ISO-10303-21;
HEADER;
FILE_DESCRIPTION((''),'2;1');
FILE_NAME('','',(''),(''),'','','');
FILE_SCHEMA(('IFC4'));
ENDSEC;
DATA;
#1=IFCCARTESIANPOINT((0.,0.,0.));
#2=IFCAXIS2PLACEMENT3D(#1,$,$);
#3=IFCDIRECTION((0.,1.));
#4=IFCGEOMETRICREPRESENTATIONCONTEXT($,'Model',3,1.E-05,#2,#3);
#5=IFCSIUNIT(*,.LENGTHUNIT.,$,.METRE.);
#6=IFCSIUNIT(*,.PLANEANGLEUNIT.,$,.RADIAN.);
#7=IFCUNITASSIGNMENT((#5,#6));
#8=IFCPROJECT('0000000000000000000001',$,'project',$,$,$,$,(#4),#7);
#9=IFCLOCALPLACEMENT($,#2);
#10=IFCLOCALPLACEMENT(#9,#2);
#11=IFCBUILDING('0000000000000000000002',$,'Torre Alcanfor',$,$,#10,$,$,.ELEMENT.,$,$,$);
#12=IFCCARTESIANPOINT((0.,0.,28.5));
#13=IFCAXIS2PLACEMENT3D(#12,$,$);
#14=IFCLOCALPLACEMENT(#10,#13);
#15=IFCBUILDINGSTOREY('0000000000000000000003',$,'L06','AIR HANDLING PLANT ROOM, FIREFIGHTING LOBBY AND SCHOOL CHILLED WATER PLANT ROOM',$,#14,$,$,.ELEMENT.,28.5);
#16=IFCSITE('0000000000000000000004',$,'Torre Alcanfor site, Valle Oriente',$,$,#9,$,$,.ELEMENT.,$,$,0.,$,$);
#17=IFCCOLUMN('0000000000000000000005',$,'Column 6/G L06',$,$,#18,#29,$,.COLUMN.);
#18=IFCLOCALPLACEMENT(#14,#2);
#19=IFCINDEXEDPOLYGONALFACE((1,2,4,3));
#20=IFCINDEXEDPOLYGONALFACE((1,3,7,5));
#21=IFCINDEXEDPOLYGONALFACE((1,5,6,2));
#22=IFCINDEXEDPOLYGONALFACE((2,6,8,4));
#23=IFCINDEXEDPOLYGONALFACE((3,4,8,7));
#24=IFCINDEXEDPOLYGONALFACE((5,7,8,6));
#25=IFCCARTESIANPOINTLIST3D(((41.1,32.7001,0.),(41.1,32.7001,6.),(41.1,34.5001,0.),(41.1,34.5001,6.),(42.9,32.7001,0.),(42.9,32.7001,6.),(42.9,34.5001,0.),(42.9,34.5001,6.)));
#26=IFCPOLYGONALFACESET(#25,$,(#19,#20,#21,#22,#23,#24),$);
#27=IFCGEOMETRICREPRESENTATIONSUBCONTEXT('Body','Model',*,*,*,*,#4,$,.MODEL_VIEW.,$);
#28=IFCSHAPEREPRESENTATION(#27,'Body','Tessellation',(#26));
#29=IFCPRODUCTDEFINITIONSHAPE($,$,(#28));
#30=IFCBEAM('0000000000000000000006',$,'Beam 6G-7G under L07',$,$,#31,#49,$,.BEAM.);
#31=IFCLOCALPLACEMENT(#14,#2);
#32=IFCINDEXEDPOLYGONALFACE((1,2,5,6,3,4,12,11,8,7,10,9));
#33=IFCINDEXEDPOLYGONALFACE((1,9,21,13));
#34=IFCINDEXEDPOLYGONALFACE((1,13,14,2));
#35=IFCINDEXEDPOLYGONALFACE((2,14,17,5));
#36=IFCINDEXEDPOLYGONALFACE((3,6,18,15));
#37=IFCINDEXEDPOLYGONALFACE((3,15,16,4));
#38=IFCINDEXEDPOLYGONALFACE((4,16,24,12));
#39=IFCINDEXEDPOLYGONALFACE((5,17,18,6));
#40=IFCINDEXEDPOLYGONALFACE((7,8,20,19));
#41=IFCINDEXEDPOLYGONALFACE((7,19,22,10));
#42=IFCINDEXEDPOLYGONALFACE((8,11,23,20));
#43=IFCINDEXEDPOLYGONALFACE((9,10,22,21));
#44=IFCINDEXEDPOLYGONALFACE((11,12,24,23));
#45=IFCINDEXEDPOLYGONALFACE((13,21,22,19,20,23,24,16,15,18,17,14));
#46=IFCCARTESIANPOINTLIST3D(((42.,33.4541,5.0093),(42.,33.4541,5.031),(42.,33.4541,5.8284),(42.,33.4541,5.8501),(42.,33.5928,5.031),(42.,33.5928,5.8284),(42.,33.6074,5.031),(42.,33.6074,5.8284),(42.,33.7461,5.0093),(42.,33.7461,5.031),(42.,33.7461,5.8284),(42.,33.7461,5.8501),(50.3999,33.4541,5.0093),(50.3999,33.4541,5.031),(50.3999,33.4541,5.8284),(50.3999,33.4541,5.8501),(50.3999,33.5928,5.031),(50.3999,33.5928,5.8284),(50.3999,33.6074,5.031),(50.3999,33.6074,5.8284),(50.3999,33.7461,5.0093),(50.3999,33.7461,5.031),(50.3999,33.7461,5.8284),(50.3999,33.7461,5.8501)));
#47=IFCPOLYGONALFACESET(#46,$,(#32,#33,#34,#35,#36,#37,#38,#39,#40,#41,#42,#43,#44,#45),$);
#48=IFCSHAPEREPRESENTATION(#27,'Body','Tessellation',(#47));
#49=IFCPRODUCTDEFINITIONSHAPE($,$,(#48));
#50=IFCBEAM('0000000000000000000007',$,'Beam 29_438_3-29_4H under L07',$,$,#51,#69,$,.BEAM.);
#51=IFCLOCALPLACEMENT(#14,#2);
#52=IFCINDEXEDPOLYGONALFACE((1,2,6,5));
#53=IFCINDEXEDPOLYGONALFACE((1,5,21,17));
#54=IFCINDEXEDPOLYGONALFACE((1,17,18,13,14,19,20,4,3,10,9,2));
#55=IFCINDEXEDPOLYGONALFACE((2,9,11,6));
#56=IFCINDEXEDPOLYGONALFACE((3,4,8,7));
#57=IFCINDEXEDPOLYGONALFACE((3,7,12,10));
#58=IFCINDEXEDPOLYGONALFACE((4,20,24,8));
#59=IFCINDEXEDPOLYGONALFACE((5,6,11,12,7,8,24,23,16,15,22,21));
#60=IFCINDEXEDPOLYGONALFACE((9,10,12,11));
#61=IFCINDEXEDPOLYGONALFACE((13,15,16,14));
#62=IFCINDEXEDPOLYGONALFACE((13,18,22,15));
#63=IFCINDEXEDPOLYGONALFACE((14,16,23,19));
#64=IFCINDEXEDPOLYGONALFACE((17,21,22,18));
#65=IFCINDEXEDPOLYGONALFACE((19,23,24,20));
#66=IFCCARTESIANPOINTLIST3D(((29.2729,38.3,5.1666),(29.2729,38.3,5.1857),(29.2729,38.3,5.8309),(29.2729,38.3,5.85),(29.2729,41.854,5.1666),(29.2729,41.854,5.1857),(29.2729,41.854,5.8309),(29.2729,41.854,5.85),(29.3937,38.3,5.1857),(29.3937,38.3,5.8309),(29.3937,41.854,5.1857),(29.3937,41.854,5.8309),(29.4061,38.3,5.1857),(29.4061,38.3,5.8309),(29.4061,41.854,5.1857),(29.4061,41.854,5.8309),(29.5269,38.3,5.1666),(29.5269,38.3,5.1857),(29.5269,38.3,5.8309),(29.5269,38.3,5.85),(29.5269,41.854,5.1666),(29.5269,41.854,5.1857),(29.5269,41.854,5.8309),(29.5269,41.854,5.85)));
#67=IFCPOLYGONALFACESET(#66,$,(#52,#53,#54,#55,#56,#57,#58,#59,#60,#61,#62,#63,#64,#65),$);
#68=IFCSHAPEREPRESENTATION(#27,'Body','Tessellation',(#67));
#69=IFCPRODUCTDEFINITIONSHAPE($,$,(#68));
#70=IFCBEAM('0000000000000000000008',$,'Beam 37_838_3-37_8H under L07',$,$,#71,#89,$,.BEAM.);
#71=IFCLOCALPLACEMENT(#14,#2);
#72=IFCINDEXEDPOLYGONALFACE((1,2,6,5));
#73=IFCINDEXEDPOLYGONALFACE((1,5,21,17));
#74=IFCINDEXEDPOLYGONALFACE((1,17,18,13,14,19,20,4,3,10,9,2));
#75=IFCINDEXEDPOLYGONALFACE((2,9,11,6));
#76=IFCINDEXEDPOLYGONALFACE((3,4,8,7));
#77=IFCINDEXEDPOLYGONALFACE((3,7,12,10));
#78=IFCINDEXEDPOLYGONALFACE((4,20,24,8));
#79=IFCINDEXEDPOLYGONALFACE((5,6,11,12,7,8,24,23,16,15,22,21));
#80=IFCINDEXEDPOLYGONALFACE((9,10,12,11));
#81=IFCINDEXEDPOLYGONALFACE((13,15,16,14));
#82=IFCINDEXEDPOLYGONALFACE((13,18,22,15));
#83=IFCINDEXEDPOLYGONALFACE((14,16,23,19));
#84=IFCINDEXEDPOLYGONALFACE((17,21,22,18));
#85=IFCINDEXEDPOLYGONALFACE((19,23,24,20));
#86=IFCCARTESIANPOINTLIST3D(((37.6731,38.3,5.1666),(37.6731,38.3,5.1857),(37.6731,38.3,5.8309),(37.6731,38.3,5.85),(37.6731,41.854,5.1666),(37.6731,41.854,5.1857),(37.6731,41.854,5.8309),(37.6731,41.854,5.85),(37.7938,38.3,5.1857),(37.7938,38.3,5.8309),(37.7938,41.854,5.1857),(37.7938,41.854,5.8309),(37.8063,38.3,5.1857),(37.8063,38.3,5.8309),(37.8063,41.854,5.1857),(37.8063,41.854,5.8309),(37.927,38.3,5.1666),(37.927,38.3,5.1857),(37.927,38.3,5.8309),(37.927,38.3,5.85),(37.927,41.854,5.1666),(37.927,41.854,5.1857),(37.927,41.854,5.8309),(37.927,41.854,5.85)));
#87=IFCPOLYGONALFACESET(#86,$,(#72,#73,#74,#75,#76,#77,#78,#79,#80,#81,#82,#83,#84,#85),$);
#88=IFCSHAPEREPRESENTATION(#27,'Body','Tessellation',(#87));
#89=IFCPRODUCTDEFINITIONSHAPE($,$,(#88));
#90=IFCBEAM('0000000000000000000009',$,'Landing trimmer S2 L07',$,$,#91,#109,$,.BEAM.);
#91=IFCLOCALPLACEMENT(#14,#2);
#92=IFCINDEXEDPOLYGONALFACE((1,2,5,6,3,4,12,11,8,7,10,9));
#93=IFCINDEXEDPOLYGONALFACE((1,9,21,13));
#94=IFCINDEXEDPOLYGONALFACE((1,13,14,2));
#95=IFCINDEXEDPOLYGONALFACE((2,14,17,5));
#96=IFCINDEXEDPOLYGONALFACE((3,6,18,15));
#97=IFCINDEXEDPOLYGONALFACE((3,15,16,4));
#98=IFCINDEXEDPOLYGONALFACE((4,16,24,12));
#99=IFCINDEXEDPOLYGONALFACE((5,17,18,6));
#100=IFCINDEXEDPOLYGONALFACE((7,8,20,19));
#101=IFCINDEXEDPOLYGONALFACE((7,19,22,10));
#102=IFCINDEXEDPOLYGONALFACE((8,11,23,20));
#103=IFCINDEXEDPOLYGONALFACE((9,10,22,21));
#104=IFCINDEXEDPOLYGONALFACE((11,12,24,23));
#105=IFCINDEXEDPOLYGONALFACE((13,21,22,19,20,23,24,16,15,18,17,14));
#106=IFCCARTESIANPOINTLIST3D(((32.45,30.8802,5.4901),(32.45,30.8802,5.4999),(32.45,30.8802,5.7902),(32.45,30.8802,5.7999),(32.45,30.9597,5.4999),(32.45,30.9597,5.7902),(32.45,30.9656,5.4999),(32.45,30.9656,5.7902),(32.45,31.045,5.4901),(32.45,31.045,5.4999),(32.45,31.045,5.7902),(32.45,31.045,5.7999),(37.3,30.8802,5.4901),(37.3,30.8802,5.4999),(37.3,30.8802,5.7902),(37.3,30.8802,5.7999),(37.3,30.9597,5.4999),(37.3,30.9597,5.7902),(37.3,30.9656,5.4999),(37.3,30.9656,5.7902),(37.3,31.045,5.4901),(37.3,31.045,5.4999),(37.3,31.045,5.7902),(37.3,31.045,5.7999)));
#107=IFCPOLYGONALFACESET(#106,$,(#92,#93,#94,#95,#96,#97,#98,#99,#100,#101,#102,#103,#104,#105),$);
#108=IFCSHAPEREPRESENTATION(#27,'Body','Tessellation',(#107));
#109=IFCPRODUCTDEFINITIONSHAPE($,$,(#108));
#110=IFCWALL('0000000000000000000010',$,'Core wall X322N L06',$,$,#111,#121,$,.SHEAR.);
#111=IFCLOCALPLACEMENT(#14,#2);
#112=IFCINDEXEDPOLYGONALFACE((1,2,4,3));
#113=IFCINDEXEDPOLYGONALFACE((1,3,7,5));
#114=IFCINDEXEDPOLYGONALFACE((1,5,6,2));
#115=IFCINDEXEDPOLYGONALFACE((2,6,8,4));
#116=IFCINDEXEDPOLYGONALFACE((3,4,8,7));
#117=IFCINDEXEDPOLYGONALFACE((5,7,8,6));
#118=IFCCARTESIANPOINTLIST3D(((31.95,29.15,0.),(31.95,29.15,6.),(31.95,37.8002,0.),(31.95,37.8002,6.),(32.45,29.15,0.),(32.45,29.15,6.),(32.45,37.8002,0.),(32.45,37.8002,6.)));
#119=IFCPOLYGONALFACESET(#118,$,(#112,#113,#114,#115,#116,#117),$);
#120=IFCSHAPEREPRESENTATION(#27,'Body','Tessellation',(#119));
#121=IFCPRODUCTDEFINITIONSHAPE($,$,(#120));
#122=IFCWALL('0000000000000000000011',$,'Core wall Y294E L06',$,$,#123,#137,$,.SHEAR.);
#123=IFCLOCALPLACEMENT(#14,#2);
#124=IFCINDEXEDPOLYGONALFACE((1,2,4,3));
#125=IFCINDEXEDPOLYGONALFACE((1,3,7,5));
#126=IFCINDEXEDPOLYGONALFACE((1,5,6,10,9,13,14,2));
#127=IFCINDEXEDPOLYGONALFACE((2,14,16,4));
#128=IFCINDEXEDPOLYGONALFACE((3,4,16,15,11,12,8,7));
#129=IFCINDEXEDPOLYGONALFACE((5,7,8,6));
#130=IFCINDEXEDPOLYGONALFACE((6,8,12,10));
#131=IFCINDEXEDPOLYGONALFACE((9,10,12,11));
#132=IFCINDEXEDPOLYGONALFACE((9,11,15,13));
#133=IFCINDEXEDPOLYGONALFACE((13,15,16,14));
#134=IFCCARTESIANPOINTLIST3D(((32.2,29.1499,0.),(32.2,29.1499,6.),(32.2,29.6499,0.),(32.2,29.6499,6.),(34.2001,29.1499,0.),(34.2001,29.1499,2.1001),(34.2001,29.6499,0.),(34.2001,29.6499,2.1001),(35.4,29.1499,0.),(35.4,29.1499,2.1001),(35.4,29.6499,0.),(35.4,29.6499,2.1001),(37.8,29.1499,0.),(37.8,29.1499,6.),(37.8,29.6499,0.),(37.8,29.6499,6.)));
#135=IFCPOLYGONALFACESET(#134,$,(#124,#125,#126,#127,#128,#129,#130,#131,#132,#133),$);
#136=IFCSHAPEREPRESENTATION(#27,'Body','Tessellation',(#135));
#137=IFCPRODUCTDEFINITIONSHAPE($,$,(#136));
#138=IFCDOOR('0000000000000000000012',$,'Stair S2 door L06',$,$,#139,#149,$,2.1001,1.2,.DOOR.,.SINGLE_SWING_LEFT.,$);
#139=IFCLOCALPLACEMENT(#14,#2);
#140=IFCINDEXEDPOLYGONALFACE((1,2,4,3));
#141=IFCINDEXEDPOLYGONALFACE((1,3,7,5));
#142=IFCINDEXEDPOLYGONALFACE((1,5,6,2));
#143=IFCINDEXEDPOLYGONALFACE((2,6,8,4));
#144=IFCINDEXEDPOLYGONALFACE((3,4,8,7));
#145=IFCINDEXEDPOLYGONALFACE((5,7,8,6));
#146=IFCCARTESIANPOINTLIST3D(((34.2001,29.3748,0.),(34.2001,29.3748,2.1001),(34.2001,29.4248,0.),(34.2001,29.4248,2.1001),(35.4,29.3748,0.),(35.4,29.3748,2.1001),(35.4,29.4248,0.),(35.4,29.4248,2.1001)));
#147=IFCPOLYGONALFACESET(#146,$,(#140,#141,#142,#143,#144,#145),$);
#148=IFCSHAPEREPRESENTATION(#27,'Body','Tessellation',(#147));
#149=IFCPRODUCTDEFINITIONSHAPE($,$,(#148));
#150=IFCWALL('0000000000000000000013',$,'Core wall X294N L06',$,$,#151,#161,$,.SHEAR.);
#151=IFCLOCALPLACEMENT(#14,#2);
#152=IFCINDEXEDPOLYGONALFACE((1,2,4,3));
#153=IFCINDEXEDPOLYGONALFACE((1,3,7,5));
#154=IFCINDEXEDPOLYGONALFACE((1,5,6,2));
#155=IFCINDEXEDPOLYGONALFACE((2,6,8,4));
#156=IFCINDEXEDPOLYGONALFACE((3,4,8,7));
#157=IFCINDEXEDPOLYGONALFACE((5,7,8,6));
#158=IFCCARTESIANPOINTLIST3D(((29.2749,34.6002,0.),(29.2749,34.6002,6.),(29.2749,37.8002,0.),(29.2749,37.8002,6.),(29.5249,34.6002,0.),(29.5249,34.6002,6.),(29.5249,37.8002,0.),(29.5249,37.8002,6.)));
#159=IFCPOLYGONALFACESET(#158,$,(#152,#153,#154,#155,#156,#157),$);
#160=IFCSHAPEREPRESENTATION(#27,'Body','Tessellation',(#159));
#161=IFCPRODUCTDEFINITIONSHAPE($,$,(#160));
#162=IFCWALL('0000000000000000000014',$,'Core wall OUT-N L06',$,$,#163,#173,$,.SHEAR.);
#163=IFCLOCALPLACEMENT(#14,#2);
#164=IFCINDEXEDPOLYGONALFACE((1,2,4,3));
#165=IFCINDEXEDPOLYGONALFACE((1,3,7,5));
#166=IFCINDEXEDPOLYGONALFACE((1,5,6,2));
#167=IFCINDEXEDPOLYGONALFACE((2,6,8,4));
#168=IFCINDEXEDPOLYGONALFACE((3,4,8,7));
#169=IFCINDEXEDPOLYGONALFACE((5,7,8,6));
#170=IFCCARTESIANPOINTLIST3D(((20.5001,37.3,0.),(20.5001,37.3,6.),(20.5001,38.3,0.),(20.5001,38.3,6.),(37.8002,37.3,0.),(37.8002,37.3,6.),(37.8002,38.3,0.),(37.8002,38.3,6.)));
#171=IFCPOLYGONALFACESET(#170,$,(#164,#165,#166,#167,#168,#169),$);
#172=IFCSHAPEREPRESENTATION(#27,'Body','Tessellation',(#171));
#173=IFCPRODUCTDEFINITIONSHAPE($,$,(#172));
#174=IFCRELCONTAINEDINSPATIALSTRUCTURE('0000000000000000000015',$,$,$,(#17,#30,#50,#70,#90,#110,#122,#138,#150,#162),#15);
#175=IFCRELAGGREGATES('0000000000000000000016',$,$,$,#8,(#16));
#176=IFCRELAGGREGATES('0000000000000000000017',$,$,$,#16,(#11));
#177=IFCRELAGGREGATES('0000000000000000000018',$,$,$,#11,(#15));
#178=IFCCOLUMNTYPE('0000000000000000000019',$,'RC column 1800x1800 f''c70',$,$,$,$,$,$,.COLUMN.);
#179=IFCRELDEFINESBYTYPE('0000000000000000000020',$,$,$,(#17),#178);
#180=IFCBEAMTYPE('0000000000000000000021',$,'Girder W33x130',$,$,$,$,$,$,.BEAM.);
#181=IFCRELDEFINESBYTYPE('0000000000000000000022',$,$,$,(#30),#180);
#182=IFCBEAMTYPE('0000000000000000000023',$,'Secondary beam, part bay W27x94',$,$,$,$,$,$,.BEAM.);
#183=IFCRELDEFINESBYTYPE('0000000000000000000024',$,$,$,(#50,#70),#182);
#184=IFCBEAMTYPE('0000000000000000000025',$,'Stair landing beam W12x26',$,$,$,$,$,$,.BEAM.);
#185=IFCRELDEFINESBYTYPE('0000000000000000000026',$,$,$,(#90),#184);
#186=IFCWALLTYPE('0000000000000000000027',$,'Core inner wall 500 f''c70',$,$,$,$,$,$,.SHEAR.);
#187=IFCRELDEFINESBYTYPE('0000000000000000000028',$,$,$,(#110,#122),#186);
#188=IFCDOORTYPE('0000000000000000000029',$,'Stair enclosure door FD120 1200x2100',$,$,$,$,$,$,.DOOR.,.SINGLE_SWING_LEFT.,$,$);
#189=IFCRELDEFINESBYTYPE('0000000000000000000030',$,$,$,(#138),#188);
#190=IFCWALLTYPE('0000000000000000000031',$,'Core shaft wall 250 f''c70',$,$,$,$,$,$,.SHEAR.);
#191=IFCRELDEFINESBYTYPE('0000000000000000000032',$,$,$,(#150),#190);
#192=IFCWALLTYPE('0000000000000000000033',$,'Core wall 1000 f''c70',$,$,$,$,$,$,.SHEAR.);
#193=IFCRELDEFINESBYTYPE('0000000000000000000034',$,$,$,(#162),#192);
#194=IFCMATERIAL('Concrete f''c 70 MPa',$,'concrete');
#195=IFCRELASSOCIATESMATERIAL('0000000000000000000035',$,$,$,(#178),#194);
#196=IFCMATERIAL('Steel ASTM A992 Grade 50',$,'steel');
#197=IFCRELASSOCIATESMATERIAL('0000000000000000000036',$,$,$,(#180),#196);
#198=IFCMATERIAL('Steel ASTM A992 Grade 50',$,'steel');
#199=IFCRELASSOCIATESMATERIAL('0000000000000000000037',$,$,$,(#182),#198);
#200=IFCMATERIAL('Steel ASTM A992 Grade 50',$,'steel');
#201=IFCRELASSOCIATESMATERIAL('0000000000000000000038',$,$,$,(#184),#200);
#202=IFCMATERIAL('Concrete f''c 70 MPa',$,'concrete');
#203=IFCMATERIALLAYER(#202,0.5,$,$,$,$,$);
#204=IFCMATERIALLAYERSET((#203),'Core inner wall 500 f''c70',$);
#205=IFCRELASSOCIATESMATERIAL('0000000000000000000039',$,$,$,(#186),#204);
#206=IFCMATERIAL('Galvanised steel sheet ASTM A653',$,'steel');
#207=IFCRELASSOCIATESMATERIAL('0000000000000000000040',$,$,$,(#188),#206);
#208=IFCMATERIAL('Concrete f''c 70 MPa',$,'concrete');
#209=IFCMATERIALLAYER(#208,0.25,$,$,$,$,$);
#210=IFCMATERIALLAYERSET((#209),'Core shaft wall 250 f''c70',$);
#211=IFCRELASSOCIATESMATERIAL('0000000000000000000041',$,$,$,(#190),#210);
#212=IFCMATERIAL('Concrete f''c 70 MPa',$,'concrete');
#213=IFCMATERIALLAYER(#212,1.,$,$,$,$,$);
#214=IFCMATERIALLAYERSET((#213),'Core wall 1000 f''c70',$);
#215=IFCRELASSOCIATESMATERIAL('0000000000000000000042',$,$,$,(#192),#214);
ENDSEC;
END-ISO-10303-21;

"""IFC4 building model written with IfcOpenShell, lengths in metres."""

from ifc_helpers import new_model, si_unit, direction, frame, frame_2d, origin, origin_2d, place, context, subcontext, project, spatial, rectangle, i_section, extrude, material, layer, layer_set, material_profile, profile_set, type_object, element, fill, save


model = new_model("IFC4")

# Units and contexts
model_context = context("Model", 3, precision=1e-05, world=origin(), true_north=direction((0.0, 1.0)))
body_context = subcontext(model_context, "Body", "Model", "MODEL_VIEW")
ifc_project = project(units=[si_unit("LENGTHUNIT", "METRE"), si_unit("PLANEANGLEUNIT", "RADIAN")], contexts=[model_context])

# Site, building, storey
site_placement = place(None, origin())
site = spatial("IfcSite", under=ifc_project, at=site_placement, Name="Torre Alcanfor site, Valle Oriente", CompositionType="ELEMENT", RefElevation=0.0)
building_placement = place(site_placement, origin())
building = spatial("IfcBuilding", under=site, at=building_placement, Name="Torre Alcanfor", CompositionType="ELEMENT")
storey_placement = place(building_placement, frame((0.0, 0.0, 28.5)))
storey = spatial("IfcBuildingStorey", under=building, at=storey_placement, Name="L06", Description="AIR HANDLING PLANT ROOM, FIREFIGHTING LOBBY AND SCHOOL CHILLED WATER PLANT ROOM", CompositionType="ELEMENT", Elevation=28.5)

# Column
ifc_material_1 = material(Name="Concrete f'c 70 MPa", Category="concrete")
ifc_material_profile_1 = material_profile(ifc_material_1, rectangle(XDim=1.8, YDim=1.8, at=origin_2d()), Name="1800x1800")
ifc_profile_set_1 = profile_set([ifc_material_profile_1], Name="Concrete f'c 70 MPa")
column_type = type_object("IfcColumnType", Name="RC column 1800x1800 f'c70", PredefinedType="COLUMN", material=ifc_profile_set_1)
column_placement = place(storey_placement, frame((42.0, 33.6001, 0.0), z_axis=(0.0, 0.0, 1.0), x_axis=(1.0, 0.0, 0.0)))
element("IfcColumn", 1, at=column_placement, inside=storey, type_object=column_type, Name="Column 6/G L06", PredefinedType="COLUMN", context=body_context, shape_type="SweptSolid", body=[
    extrude(rectangle(XDim=1.8, YDim=1.8, at=origin_2d()), origin(), (0.0, 0.0, 1.0), 6.0),
])

# Beams
ifc_material_2 = material(Name="Steel ASTM A992 Grade 50", Category="steel")
ifc_material_profile_2 = material_profile(ifc_material_2, i_section(OverallWidth=0.292, OverallDepth=0.8408, WebThickness=0.0146, FlangeThickness=0.0217, at=origin_2d()), Name="W33x130")
ifc_profile_set_2 = profile_set([ifc_material_profile_2], Name="Steel ASTM A992 Grade 50")
beam_type_1 = type_object("IfcBeamType", Name="Girder W33x130", PredefinedType="BEAM", material=ifc_profile_set_2)
beam_1_placement = place(storey_placement, frame((42.0, 33.6001, 5.4297), z_axis=(1.0, 0.0, 0.0), x_axis=(0.0, 1.0, 0.0)))
element("IfcBeam", 2, at=beam_1_placement, inside=storey, type_object=beam_type_1, Name="Beam 6G-7G under L07", PredefinedType="BEAM", context=body_context, shape_type="SweptSolid", body=[
    extrude(i_section(OverallWidth=0.292, OverallDepth=0.8408, WebThickness=0.0146, FlangeThickness=0.0217, at=origin_2d()), origin(), (0.0, 0.0, 1.0), 8.3999),
])
ifc_material_3 = material(Name="Steel ASTM A992 Grade 50", Category="steel")
ifc_material_profile_3 = material_profile(ifc_material_3, i_section(OverallWidth=0.2539, OverallDepth=0.6833, WebThickness=0.0125, FlangeThickness=0.019, at=origin_2d()), Name="W27x94")
ifc_profile_set_3 = profile_set([ifc_material_profile_3], Name="Steel ASTM A992 Grade 50")
beam_type_2 = type_object("IfcBeamType", Name="Secondary beam, part bay W27x94", PredefinedType="BEAM", material=ifc_profile_set_3)
for number, where, z_axis, x_axis, name in (
    (3, (29.3999, 38.3, 5.5083), (0.0, 1.0, 0.0), (-1.0, 0.0, 0.0), "Beam 29_438_3-29_4H under L07"),
    (4, (37.8, 38.3, 5.5083), (0.0, 1.0, 0.0), (-1.0, 0.0, 0.0), "Beam 37_838_3-37_8H under L07"),
):
    element("IfcBeam", number, at=place(storey_placement, frame(where, z_axis=z_axis, x_axis=x_axis)), inside=storey, type_object=beam_type_2, Name=name, PredefinedType="BEAM", context=body_context, shape_type="SweptSolid", body=[
        extrude(i_section(OverallWidth=0.2539, OverallDepth=0.6833, WebThickness=0.0125, FlangeThickness=0.019, at=origin_2d()), origin(), (0.0, 0.0, 1.0), 3.554),
    ])
ifc_material_4 = material(Name="Steel ASTM A992 Grade 50", Category="steel")
ifc_material_profile_4 = material_profile(ifc_material_4, i_section(OverallWidth=0.1648, OverallDepth=0.3098, WebThickness=0.0059, FlangeThickness=0.0098, at=origin_2d()), Name="W12x26")
ifc_profile_set_4 = profile_set([ifc_material_profile_4], Name="Steel ASTM A992 Grade 50")
beam_type_3 = type_object("IfcBeamType", Name="Stair landing beam W12x26", PredefinedType="BEAM", material=ifc_profile_set_4)
beam_2_placement = place(storey_placement, frame((32.45, 30.9626, 5.645), z_axis=(1.0, 0.0, 0.0), x_axis=(0.0, 1.0, 0.0)))
element("IfcBeam", 5, at=beam_2_placement, inside=storey, type_object=beam_type_3, Name="Landing trimmer S2 L07", PredefinedType="BEAM", context=body_context, shape_type="SweptSolid", body=[
    extrude(i_section(OverallWidth=0.1648, OverallDepth=0.3098, WebThickness=0.0059, FlangeThickness=0.0098, at=origin_2d()), origin(), (0.0, 0.0, 1.0), 4.8501),
])

# Wall
ifc_material_5 = material(Name="Concrete f'c 70 MPa", Category="concrete")
ifc_layer_1 = layer(ifc_material_5, 0.5)
ifc_layer_set_1 = layer_set([ifc_layer_1], Name="Core inner wall 500 f'c70")
wall_type_1 = type_object("IfcWallType", Name="Core inner wall 500 f'c70", PredefinedType="SHEAR", material=ifc_layer_set_1)
wall_1_placement = place(storey_placement, frame((32.2, 29.1499, 0.0), z_axis=(0.0, 0.0, 1.0), x_axis=(0.0, 1.0, 0.0)))
element("IfcWall", 6, at=wall_1_placement, inside=storey, type_object=wall_type_1, Name="Core wall X322N L06", PredefinedType="SHEAR", context=body_context, shape_type="SweptSolid", body=[
    extrude(rectangle(XDim=8.6501, YDim=0.5, at=frame_2d((4.3252, 0.0))), origin(), (0.0, 0.0, 1.0), 6.0),
])

# Wall, opening, door
wall_2_placement = place(storey_placement, frame((32.2, 29.3999, 0.0), z_axis=(0.0, 0.0, 1.0), x_axis=(1.0, 0.0, 0.0)))
wall_2 = element("IfcWall", 7, at=wall_2_placement, inside=storey, type_object=wall_type_1, Name="Core wall Y294E L06", PredefinedType="SHEAR", context=body_context, shape_type="SweptSolid", body=[
    extrude(rectangle(XDim=5.6001, YDim=0.5, at=frame_2d((2.8, 0.0))), origin(), (0.0, 0.0, 1.0), 6.0),
])
opening_1_placement = place(wall_2_placement, frame((2.0, 0.0, 0.0)))
opening_1 = element("IfcOpeningElement", 8, at=opening_1_placement, cuts=wall_2, PredefinedType="OPENING", context=body_context, shape_type="SweptSolid", body=[
    extrude(rectangle(XDim=1.2, YDim=2.1001, at=frame_2d((0.6001, 1.05))), frame((0.0, 0.26, 0.0), z_axis=(0.0, -1.0, 0.0), x_axis=(1.0, 0.0, 0.0)), (0.0, 0.0, 1.0), 0.52),
])
ifc_material_6 = material(Name="Galvanised steel sheet ASTM A653", Category="steel")
door_type_1 = type_object("IfcDoorType", Name="Stair enclosure door FD120 1200x2100", OperationType="SINGLE_SWING_LEFT", PredefinedType="DOOR", material=ifc_material_6)
door_1_placement = place(opening_1_placement, origin())
door_1 = element("IfcDoor", 9, at=door_1_placement, inside=storey, type_object=door_type_1, Name="Stair S2 door L06", OperationType="SINGLE_SWING_LEFT", OverallHeight=2.1001, OverallWidth=1.2, PredefinedType="DOOR", context=body_context, shape_type="SweptSolid", body=[
    extrude(rectangle(XDim=1.2, YDim=2.1001, at=frame_2d((0.6001, 1.05))), frame((0.0, 0.0249, 0.0), z_axis=(0.0, -1.0, 0.0), x_axis=(1.0, 0.0, 0.0)), (0.0, 0.0, 1.0), 0.05),
])
fill(opening_1, door_1)

# Walls
ifc_material_7 = material(Name="Concrete f'c 70 MPa", Category="concrete")
ifc_layer_2 = layer(ifc_material_7, 0.25)
ifc_layer_set_2 = layer_set([ifc_layer_2], Name="Core shaft wall 250 f'c70")
wall_type_2 = type_object("IfcWallType", Name="Core shaft wall 250 f'c70", PredefinedType="SHEAR", material=ifc_layer_set_2)
wall_3_placement = place(storey_placement, frame((29.3999, 34.6001, 0.0), z_axis=(0.0, 0.0, 1.0), x_axis=(0.0, 1.0, 0.0)))
element("IfcWall", 10, at=wall_3_placement, inside=storey, type_object=wall_type_2, Name="Core wall X294N L06", PredefinedType="SHEAR", context=body_context, shape_type="SweptSolid", body=[
    extrude(rectangle(XDim=3.2, YDim=0.25, at=frame_2d((1.6001, 0.0))), origin(), (0.0, 0.0, 1.0), 6.0),
])
ifc_material_8 = material(Name="Concrete f'c 70 MPa", Category="concrete")
ifc_layer_3 = layer(ifc_material_8, 1.0)
ifc_layer_set_3 = layer_set([ifc_layer_3], Name="Core wall 1000 f'c70")
wall_type_3 = type_object("IfcWallType", Name="Core wall 1000 f'c70", PredefinedType="SHEAR", material=ifc_layer_set_3)
wall_4_placement = place(storey_placement, frame((37.8, 37.8, 0.0), z_axis=(0.0, 0.0, 1.0), x_axis=(-1.0, 0.0, 0.0)))
element("IfcWall", 11, at=wall_4_placement, inside=storey, type_object=wall_type_3, Name="Core wall OUT-N L06", PredefinedType="SHEAR", context=body_context, shape_type="SweptSolid", body=[
    extrude(rectangle(XDim=17.3, YDim=1.0, at=frame_2d((8.6499, 0.0))), origin(), (0.0, 0.0, 1.0), 6.0),
])

save(model, "model.ifc")
